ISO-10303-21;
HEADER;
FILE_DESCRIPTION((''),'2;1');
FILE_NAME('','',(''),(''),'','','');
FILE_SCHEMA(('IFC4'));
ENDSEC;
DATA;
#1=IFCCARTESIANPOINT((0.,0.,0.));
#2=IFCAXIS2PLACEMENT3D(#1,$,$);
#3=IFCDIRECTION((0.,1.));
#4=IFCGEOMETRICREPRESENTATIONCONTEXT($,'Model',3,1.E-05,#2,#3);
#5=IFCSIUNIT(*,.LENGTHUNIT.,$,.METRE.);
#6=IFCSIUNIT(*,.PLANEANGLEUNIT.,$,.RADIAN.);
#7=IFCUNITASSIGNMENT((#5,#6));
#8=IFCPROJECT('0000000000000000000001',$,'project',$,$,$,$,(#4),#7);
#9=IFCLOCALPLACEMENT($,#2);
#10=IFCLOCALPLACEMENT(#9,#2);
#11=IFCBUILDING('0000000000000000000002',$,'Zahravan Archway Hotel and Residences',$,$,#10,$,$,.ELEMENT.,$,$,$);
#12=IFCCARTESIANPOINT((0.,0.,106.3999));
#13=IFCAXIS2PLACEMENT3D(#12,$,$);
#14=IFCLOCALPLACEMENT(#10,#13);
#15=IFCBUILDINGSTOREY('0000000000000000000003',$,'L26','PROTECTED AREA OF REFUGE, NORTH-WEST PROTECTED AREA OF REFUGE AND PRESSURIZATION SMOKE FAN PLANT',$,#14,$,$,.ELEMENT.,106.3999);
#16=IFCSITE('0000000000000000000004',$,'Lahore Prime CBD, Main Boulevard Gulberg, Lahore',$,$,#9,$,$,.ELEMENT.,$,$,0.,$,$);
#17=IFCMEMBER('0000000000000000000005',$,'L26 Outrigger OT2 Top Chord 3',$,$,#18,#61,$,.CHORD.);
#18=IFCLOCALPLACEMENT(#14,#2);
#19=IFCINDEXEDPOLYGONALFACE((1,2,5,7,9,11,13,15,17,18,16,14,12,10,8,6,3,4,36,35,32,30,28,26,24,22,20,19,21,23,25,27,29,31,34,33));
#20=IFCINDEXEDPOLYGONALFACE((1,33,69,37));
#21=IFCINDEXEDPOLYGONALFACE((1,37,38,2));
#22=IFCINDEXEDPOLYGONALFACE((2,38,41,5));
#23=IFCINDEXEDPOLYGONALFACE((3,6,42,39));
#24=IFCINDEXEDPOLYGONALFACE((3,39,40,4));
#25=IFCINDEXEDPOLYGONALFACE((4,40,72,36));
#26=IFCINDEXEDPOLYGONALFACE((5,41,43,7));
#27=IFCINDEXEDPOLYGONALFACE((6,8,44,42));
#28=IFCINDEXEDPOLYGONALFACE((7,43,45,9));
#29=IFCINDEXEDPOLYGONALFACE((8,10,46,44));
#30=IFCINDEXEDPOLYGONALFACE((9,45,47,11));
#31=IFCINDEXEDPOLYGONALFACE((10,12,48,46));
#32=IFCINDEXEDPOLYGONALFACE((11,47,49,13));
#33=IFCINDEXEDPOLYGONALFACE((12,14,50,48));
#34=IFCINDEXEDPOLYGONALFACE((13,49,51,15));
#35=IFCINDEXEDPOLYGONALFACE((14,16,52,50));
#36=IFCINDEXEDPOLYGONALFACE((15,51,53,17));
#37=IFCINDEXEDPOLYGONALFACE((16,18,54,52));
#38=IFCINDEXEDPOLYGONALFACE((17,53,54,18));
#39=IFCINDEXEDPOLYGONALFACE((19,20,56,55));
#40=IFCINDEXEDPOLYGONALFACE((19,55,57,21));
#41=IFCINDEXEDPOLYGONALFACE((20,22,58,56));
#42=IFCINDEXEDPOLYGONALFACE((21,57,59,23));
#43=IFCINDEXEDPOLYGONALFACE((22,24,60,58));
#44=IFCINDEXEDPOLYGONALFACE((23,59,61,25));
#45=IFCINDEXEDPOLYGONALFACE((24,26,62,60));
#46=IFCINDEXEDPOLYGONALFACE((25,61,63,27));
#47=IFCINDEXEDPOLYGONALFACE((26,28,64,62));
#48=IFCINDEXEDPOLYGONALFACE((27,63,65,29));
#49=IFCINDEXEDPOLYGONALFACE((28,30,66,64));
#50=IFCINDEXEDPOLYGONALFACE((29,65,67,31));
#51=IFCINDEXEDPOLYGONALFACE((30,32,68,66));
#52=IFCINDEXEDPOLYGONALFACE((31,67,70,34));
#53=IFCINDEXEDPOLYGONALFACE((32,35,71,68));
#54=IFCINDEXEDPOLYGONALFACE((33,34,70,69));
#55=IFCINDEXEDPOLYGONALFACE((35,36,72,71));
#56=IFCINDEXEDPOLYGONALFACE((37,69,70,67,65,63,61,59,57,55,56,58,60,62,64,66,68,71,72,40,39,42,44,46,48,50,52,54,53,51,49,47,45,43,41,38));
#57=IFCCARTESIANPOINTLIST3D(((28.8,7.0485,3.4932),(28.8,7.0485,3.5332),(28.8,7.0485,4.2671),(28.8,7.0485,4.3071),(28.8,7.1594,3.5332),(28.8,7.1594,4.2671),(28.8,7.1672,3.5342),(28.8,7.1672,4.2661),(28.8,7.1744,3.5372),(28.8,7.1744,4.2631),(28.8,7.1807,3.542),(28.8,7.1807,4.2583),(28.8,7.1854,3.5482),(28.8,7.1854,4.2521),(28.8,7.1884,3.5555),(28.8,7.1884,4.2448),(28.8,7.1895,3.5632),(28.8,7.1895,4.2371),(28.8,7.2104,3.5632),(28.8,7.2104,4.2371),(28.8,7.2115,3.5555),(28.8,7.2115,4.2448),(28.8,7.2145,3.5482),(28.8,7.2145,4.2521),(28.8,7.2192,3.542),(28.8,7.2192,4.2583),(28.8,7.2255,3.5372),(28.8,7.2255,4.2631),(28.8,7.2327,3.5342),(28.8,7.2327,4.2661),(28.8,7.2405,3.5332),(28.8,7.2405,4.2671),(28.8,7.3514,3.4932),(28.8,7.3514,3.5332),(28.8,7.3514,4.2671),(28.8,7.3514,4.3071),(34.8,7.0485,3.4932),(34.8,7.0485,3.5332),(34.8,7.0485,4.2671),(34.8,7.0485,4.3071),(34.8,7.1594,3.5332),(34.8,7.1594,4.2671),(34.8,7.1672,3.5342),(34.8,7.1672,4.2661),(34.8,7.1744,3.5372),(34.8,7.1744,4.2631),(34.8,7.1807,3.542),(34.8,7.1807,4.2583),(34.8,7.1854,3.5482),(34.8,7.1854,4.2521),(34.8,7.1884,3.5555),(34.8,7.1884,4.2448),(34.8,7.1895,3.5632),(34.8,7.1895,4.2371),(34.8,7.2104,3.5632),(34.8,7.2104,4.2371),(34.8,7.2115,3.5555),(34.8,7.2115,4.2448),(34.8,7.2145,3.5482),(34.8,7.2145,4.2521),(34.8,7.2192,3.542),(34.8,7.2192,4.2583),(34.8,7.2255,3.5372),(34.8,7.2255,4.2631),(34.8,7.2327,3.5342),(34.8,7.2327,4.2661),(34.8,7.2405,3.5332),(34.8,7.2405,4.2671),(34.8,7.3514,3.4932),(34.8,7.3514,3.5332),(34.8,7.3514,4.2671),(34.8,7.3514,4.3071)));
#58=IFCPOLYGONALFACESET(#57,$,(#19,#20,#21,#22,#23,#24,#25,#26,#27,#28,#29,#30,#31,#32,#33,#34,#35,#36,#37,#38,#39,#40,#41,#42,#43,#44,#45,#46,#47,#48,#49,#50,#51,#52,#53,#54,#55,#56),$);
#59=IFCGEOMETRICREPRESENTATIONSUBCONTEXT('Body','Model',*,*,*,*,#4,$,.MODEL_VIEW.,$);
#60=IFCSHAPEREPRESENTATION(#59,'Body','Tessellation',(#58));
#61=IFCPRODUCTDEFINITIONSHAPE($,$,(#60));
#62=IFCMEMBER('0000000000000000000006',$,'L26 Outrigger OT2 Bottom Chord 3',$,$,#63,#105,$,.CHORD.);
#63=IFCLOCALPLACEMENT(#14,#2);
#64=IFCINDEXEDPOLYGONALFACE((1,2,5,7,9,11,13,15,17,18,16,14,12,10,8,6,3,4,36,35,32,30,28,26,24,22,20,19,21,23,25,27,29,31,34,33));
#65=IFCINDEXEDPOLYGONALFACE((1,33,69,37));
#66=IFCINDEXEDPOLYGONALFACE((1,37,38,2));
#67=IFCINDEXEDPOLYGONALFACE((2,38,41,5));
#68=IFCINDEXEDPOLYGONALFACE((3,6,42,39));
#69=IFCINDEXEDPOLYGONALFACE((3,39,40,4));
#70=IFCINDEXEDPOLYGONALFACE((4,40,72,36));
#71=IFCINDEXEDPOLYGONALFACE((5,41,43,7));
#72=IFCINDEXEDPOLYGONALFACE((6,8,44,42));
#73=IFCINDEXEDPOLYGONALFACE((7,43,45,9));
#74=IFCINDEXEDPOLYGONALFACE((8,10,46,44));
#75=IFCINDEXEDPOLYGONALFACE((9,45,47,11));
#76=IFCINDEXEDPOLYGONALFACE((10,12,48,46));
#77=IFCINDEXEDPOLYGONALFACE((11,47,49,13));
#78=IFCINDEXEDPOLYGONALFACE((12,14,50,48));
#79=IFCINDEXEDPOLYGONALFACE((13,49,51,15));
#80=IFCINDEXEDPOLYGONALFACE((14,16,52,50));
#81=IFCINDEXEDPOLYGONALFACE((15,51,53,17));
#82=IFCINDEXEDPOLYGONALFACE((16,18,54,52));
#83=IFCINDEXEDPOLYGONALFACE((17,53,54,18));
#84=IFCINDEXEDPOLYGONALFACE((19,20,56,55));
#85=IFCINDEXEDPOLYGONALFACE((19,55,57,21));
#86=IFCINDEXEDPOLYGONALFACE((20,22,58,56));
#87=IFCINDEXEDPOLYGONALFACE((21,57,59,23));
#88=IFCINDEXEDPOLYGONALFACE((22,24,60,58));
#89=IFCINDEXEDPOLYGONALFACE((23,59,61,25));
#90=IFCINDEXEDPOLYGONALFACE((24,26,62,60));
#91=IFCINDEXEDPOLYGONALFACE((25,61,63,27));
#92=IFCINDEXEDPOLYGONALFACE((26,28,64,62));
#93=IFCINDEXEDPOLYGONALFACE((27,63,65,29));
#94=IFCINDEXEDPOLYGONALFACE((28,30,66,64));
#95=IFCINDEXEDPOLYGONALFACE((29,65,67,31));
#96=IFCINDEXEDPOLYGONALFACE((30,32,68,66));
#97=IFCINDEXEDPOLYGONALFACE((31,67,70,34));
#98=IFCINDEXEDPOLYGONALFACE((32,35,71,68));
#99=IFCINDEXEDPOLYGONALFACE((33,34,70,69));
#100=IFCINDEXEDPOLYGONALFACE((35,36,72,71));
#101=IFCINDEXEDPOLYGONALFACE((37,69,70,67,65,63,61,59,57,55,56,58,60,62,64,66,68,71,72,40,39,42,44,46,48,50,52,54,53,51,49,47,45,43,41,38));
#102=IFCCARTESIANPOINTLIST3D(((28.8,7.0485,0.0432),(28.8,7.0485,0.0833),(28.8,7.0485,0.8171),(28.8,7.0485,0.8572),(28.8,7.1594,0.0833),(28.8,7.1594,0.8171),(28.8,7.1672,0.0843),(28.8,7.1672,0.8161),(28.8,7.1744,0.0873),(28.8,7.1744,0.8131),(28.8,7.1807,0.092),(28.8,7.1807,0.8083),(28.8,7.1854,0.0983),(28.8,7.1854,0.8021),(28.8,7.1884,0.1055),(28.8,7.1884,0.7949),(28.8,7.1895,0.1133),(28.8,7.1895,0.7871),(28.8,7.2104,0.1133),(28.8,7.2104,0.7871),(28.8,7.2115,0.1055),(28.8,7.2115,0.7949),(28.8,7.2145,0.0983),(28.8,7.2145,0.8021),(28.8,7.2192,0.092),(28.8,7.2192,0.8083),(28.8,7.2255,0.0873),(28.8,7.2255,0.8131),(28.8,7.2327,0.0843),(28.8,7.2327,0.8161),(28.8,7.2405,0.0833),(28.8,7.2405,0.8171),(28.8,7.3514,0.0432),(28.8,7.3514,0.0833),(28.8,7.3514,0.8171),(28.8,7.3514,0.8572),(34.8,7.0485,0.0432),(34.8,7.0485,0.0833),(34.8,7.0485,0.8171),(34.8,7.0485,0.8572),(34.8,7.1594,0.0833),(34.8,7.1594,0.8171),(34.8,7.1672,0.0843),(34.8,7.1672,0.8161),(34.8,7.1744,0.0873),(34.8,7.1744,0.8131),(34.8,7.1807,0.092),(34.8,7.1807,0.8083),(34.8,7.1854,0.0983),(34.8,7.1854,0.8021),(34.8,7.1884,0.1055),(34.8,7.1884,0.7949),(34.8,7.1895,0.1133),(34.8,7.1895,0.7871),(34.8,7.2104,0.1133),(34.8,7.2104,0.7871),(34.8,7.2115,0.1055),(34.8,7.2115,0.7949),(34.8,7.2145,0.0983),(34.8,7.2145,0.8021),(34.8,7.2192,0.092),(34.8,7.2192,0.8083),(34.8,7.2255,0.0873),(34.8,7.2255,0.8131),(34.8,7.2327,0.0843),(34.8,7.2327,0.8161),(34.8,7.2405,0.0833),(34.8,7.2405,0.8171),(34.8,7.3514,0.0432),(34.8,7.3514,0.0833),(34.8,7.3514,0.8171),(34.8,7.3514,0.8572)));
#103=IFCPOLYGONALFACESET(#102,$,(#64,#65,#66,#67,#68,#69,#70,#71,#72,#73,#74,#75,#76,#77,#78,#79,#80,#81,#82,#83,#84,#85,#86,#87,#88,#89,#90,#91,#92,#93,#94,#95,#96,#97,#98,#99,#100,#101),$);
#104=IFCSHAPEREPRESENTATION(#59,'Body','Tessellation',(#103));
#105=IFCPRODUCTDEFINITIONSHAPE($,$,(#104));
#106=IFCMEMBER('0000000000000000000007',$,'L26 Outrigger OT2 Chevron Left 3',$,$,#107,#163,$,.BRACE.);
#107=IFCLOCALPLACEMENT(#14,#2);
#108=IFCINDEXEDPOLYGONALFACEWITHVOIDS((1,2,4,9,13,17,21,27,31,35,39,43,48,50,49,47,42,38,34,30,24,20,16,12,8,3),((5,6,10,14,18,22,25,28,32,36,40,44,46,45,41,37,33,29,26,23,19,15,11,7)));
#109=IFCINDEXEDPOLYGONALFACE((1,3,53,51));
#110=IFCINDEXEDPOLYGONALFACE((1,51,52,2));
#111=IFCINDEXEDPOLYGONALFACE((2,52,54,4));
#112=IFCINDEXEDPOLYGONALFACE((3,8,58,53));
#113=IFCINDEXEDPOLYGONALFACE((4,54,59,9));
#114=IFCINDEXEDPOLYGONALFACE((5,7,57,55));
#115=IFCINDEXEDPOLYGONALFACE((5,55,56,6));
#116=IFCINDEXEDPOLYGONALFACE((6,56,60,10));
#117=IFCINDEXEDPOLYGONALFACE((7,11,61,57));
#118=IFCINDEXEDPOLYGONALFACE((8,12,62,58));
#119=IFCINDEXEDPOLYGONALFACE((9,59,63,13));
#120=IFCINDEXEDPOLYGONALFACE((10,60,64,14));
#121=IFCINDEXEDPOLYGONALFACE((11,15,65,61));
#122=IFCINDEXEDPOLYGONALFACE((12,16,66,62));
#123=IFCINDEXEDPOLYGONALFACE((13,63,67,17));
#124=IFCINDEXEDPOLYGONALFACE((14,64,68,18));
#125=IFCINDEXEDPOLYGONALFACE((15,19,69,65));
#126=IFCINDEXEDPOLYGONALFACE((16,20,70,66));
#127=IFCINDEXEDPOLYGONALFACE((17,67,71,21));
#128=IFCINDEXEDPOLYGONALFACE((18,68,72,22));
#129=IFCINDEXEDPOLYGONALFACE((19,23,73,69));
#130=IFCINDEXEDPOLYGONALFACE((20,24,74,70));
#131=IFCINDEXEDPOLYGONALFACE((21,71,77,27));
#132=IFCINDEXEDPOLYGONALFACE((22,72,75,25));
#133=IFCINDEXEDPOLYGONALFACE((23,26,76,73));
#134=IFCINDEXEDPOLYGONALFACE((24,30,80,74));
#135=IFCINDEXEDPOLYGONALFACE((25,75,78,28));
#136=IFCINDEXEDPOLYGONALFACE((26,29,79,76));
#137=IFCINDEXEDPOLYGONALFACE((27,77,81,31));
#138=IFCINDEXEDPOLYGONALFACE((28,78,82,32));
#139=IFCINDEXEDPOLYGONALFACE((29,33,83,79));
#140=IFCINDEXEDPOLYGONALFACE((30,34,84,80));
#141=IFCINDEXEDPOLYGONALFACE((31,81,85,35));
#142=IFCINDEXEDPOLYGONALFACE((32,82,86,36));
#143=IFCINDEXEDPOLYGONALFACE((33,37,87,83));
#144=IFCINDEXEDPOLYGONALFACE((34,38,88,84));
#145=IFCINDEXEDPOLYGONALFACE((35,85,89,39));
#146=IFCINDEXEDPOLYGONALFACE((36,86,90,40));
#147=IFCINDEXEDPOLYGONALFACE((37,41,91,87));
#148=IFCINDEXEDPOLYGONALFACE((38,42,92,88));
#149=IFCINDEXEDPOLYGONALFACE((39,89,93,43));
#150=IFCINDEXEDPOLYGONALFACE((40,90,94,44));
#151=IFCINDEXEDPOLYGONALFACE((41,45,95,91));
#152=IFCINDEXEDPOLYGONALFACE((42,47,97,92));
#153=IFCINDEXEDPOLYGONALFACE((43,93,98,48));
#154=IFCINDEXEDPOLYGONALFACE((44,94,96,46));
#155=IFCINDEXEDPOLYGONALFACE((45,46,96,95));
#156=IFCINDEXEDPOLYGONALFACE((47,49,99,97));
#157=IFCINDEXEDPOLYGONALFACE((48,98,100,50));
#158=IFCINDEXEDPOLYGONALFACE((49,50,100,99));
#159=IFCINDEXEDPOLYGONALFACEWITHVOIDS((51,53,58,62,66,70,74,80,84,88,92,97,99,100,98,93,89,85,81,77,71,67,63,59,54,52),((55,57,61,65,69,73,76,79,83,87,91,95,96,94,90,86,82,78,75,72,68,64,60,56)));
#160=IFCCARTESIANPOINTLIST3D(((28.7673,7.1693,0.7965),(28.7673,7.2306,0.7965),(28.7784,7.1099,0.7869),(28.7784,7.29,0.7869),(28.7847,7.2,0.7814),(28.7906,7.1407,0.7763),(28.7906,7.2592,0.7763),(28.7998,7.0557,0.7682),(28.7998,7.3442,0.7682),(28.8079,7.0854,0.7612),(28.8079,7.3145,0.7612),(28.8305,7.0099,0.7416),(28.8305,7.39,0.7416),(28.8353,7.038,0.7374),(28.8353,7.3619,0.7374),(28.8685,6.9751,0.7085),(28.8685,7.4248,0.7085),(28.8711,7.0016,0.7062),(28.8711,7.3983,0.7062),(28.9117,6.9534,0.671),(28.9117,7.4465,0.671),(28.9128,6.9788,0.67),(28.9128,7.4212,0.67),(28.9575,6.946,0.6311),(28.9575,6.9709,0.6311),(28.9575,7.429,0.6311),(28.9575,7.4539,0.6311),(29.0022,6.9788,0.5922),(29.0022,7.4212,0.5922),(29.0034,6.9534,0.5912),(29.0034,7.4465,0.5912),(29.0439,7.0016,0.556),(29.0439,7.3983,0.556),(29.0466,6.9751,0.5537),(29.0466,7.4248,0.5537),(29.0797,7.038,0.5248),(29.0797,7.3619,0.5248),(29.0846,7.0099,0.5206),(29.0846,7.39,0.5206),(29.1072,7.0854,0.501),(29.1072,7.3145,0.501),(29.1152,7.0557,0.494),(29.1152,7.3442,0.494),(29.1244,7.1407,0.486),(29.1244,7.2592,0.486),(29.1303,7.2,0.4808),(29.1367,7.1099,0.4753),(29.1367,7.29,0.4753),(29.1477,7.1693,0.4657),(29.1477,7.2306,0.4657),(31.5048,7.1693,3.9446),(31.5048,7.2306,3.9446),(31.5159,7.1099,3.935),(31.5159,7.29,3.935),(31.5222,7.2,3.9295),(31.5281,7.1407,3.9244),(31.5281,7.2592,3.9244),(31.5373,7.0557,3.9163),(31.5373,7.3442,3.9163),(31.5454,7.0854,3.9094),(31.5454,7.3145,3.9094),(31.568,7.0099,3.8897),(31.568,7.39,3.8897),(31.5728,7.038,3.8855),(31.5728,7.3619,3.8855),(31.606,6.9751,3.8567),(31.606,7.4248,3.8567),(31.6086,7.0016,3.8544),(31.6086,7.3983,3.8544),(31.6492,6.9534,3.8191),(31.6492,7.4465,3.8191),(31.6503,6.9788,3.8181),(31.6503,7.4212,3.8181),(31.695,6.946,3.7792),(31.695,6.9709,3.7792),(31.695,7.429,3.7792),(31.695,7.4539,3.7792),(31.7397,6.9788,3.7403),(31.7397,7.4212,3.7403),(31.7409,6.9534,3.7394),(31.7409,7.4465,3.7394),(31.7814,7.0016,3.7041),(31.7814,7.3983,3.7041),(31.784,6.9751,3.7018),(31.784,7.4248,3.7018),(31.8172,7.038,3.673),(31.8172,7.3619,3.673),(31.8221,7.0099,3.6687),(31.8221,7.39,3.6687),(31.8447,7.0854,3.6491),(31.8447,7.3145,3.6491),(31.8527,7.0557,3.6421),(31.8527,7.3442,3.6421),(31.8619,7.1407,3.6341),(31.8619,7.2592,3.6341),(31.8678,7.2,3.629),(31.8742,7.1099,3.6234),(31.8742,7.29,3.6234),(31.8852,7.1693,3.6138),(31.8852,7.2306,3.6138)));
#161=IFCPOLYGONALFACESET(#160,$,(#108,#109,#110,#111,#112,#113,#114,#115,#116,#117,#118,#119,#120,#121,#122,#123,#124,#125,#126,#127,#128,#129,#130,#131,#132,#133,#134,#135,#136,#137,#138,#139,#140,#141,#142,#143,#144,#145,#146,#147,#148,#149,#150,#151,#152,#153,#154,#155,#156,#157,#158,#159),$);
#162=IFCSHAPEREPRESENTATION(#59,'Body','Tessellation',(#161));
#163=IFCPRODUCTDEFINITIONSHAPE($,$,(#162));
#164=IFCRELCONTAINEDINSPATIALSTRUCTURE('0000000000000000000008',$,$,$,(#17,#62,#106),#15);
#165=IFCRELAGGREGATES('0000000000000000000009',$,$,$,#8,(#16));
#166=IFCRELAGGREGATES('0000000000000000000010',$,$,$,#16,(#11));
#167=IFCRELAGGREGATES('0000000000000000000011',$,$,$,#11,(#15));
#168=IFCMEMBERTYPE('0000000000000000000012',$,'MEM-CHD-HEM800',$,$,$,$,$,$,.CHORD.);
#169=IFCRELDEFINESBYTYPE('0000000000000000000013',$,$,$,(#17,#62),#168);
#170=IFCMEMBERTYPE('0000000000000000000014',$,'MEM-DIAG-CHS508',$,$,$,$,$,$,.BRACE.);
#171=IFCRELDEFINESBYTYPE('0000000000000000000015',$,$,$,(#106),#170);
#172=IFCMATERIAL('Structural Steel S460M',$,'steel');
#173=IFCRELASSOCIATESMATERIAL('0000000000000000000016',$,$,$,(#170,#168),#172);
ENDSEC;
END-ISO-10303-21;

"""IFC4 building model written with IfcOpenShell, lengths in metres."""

from ifc_helpers import new_model, si_unit, direction, frame, origin, origin_2d, place, context, subcontext, project, spatial, hollow_circle, i_section, extrude, source, transform, mapped, material, material_profile, profile_set, type_object, element, save


model = new_model("IFC4")

# Units and contexts
model_context = context("Model", 3, precision=1e-05, world=origin(), true_north=direction((0.0, 1.0)))
body_context = subcontext(model_context, "Body", "Model", "MODEL_VIEW")
ifc_project = project(units=[si_unit("LENGTHUNIT", "METRE"), si_unit("PLANEANGLEUNIT", "RADIAN")], contexts=[model_context])

# Site, building, storey
site_placement = place(None, origin())
site = spatial("IfcSite", under=ifc_project, at=site_placement, Name="Lahore Prime CBD, Main Boulevard Gulberg, Lahore", CompositionType="ELEMENT", RefElevation=0.0)
building_placement = place(site_placement, origin())
building = spatial("IfcBuilding", under=site, at=building_placement, Name="Zahravan Archway Hotel and Residences", CompositionType="ELEMENT")
storey_placement = place(building_placement, frame((0.0, 0.0, 106.3999)))
storey = spatial("IfcBuildingStorey", under=building, at=storey_placement, Name="L26", Description="PROTECTED AREA OF REFUGE, NORTH-WEST PROTECTED AREA OF REFUGE AND PRESSURIZATION SMOKE FAN PLANT", CompositionType="ELEMENT", Elevation=106.3999)

# Shared definitions
ifc_material_1 = material(Name="Structural Steel S460M", Category="steel")

# Members
ifc_material_profile_1 = material_profile(ifc_material_1, hollow_circle(Radius=0.2539, WallThickness=0.0249, at=origin_2d()), Name="CHS 508x25", Category="steel")
ifc_profile_set_1 = profile_set([ifc_material_profile_1], Name="Structural Steel S460M")
member_type_1 = type_object("IfcMemberType", Name="MEM-DIAG-CHS508", PredefinedType="BRACE", material=ifc_profile_set_1)
ifc_material_profile_2 = material_profile(ifc_material_1, i_section(OverallWidth=0.303, OverallDepth=0.814, WebThickness=0.021, FlangeThickness=0.04, FilletRadius=0.03, at=origin_2d()), Name="HEM 800", Category="steel")
ifc_profile_set_2 = profile_set([ifc_material_profile_2], Name="Structural Steel S460M")
member_type_2 = type_object("IfcMemberType", Name="MEM-CHD-HEM800", PredefinedType="CHORD", material=ifc_profile_set_2)
shared_shape_1 = source(origin(), body_context, "Body", "SweptSolid", [
    extrude(i_section(OverallWidth=0.303, OverallDepth=0.814, WebThickness=0.021, FlangeThickness=0.04, FilletRadius=0.03, at=origin_2d()), origin(), (0.0, 0.0, 1.0), 6.0),
])
for number, where, z_axis, x_axis, name in (
    (1, (28.8, 7.2, 3.9001), (1.0, 0.0, 0.0), (0.0, 1.0, 0.0), "L26 Outrigger OT2 Top Chord 3"),
    (2, (28.8, 7.2, 0.4502), (1.0, 0.0, 0.0), (0.0, 1.0, 0.0), "L26 Outrigger OT2 Bottom Chord 3"),
):
    element("IfcMember", number, at=place(storey_placement, frame(where, z_axis=z_axis, x_axis=x_axis)), inside=storey, type_object=member_type_2, Name=name, PredefinedType="CHORD", context=body_context, shape_type="MappedRepresentation", body=[
        mapped(shared_shape_1, transform((0.0, 0.0, 0.0), scale=1.0)),
    ])
shared_shape_2 = source(origin(), body_context, "Body", "SweptSolid", [
    extrude(hollow_circle(Radius=0.2539, WallThickness=0.0249, at=origin_2d()), origin(), (0.0, 0.0, 1.0), 4.1719),
])
for number, where, z_axis, x_axis, name in (
    (3, (28.9575, 7.2, 0.6311), (0.656177, 0.0, 0.754607), (0.0, 1.0, 0.0), "L26 Outrigger OT2 Chevron Left 3"),
):
    element("IfcMember", number, at=place(storey_placement, frame(where, z_axis=z_axis, x_axis=x_axis)), inside=storey, type_object=member_type_1, Name=name, PredefinedType="BRACE", context=body_context, shape_type="MappedRepresentation", body=[
        mapped(shared_shape_2, transform((0.0, 0.0, 0.0), scale=1.0)),
    ])

save(model, "model.ifc")
